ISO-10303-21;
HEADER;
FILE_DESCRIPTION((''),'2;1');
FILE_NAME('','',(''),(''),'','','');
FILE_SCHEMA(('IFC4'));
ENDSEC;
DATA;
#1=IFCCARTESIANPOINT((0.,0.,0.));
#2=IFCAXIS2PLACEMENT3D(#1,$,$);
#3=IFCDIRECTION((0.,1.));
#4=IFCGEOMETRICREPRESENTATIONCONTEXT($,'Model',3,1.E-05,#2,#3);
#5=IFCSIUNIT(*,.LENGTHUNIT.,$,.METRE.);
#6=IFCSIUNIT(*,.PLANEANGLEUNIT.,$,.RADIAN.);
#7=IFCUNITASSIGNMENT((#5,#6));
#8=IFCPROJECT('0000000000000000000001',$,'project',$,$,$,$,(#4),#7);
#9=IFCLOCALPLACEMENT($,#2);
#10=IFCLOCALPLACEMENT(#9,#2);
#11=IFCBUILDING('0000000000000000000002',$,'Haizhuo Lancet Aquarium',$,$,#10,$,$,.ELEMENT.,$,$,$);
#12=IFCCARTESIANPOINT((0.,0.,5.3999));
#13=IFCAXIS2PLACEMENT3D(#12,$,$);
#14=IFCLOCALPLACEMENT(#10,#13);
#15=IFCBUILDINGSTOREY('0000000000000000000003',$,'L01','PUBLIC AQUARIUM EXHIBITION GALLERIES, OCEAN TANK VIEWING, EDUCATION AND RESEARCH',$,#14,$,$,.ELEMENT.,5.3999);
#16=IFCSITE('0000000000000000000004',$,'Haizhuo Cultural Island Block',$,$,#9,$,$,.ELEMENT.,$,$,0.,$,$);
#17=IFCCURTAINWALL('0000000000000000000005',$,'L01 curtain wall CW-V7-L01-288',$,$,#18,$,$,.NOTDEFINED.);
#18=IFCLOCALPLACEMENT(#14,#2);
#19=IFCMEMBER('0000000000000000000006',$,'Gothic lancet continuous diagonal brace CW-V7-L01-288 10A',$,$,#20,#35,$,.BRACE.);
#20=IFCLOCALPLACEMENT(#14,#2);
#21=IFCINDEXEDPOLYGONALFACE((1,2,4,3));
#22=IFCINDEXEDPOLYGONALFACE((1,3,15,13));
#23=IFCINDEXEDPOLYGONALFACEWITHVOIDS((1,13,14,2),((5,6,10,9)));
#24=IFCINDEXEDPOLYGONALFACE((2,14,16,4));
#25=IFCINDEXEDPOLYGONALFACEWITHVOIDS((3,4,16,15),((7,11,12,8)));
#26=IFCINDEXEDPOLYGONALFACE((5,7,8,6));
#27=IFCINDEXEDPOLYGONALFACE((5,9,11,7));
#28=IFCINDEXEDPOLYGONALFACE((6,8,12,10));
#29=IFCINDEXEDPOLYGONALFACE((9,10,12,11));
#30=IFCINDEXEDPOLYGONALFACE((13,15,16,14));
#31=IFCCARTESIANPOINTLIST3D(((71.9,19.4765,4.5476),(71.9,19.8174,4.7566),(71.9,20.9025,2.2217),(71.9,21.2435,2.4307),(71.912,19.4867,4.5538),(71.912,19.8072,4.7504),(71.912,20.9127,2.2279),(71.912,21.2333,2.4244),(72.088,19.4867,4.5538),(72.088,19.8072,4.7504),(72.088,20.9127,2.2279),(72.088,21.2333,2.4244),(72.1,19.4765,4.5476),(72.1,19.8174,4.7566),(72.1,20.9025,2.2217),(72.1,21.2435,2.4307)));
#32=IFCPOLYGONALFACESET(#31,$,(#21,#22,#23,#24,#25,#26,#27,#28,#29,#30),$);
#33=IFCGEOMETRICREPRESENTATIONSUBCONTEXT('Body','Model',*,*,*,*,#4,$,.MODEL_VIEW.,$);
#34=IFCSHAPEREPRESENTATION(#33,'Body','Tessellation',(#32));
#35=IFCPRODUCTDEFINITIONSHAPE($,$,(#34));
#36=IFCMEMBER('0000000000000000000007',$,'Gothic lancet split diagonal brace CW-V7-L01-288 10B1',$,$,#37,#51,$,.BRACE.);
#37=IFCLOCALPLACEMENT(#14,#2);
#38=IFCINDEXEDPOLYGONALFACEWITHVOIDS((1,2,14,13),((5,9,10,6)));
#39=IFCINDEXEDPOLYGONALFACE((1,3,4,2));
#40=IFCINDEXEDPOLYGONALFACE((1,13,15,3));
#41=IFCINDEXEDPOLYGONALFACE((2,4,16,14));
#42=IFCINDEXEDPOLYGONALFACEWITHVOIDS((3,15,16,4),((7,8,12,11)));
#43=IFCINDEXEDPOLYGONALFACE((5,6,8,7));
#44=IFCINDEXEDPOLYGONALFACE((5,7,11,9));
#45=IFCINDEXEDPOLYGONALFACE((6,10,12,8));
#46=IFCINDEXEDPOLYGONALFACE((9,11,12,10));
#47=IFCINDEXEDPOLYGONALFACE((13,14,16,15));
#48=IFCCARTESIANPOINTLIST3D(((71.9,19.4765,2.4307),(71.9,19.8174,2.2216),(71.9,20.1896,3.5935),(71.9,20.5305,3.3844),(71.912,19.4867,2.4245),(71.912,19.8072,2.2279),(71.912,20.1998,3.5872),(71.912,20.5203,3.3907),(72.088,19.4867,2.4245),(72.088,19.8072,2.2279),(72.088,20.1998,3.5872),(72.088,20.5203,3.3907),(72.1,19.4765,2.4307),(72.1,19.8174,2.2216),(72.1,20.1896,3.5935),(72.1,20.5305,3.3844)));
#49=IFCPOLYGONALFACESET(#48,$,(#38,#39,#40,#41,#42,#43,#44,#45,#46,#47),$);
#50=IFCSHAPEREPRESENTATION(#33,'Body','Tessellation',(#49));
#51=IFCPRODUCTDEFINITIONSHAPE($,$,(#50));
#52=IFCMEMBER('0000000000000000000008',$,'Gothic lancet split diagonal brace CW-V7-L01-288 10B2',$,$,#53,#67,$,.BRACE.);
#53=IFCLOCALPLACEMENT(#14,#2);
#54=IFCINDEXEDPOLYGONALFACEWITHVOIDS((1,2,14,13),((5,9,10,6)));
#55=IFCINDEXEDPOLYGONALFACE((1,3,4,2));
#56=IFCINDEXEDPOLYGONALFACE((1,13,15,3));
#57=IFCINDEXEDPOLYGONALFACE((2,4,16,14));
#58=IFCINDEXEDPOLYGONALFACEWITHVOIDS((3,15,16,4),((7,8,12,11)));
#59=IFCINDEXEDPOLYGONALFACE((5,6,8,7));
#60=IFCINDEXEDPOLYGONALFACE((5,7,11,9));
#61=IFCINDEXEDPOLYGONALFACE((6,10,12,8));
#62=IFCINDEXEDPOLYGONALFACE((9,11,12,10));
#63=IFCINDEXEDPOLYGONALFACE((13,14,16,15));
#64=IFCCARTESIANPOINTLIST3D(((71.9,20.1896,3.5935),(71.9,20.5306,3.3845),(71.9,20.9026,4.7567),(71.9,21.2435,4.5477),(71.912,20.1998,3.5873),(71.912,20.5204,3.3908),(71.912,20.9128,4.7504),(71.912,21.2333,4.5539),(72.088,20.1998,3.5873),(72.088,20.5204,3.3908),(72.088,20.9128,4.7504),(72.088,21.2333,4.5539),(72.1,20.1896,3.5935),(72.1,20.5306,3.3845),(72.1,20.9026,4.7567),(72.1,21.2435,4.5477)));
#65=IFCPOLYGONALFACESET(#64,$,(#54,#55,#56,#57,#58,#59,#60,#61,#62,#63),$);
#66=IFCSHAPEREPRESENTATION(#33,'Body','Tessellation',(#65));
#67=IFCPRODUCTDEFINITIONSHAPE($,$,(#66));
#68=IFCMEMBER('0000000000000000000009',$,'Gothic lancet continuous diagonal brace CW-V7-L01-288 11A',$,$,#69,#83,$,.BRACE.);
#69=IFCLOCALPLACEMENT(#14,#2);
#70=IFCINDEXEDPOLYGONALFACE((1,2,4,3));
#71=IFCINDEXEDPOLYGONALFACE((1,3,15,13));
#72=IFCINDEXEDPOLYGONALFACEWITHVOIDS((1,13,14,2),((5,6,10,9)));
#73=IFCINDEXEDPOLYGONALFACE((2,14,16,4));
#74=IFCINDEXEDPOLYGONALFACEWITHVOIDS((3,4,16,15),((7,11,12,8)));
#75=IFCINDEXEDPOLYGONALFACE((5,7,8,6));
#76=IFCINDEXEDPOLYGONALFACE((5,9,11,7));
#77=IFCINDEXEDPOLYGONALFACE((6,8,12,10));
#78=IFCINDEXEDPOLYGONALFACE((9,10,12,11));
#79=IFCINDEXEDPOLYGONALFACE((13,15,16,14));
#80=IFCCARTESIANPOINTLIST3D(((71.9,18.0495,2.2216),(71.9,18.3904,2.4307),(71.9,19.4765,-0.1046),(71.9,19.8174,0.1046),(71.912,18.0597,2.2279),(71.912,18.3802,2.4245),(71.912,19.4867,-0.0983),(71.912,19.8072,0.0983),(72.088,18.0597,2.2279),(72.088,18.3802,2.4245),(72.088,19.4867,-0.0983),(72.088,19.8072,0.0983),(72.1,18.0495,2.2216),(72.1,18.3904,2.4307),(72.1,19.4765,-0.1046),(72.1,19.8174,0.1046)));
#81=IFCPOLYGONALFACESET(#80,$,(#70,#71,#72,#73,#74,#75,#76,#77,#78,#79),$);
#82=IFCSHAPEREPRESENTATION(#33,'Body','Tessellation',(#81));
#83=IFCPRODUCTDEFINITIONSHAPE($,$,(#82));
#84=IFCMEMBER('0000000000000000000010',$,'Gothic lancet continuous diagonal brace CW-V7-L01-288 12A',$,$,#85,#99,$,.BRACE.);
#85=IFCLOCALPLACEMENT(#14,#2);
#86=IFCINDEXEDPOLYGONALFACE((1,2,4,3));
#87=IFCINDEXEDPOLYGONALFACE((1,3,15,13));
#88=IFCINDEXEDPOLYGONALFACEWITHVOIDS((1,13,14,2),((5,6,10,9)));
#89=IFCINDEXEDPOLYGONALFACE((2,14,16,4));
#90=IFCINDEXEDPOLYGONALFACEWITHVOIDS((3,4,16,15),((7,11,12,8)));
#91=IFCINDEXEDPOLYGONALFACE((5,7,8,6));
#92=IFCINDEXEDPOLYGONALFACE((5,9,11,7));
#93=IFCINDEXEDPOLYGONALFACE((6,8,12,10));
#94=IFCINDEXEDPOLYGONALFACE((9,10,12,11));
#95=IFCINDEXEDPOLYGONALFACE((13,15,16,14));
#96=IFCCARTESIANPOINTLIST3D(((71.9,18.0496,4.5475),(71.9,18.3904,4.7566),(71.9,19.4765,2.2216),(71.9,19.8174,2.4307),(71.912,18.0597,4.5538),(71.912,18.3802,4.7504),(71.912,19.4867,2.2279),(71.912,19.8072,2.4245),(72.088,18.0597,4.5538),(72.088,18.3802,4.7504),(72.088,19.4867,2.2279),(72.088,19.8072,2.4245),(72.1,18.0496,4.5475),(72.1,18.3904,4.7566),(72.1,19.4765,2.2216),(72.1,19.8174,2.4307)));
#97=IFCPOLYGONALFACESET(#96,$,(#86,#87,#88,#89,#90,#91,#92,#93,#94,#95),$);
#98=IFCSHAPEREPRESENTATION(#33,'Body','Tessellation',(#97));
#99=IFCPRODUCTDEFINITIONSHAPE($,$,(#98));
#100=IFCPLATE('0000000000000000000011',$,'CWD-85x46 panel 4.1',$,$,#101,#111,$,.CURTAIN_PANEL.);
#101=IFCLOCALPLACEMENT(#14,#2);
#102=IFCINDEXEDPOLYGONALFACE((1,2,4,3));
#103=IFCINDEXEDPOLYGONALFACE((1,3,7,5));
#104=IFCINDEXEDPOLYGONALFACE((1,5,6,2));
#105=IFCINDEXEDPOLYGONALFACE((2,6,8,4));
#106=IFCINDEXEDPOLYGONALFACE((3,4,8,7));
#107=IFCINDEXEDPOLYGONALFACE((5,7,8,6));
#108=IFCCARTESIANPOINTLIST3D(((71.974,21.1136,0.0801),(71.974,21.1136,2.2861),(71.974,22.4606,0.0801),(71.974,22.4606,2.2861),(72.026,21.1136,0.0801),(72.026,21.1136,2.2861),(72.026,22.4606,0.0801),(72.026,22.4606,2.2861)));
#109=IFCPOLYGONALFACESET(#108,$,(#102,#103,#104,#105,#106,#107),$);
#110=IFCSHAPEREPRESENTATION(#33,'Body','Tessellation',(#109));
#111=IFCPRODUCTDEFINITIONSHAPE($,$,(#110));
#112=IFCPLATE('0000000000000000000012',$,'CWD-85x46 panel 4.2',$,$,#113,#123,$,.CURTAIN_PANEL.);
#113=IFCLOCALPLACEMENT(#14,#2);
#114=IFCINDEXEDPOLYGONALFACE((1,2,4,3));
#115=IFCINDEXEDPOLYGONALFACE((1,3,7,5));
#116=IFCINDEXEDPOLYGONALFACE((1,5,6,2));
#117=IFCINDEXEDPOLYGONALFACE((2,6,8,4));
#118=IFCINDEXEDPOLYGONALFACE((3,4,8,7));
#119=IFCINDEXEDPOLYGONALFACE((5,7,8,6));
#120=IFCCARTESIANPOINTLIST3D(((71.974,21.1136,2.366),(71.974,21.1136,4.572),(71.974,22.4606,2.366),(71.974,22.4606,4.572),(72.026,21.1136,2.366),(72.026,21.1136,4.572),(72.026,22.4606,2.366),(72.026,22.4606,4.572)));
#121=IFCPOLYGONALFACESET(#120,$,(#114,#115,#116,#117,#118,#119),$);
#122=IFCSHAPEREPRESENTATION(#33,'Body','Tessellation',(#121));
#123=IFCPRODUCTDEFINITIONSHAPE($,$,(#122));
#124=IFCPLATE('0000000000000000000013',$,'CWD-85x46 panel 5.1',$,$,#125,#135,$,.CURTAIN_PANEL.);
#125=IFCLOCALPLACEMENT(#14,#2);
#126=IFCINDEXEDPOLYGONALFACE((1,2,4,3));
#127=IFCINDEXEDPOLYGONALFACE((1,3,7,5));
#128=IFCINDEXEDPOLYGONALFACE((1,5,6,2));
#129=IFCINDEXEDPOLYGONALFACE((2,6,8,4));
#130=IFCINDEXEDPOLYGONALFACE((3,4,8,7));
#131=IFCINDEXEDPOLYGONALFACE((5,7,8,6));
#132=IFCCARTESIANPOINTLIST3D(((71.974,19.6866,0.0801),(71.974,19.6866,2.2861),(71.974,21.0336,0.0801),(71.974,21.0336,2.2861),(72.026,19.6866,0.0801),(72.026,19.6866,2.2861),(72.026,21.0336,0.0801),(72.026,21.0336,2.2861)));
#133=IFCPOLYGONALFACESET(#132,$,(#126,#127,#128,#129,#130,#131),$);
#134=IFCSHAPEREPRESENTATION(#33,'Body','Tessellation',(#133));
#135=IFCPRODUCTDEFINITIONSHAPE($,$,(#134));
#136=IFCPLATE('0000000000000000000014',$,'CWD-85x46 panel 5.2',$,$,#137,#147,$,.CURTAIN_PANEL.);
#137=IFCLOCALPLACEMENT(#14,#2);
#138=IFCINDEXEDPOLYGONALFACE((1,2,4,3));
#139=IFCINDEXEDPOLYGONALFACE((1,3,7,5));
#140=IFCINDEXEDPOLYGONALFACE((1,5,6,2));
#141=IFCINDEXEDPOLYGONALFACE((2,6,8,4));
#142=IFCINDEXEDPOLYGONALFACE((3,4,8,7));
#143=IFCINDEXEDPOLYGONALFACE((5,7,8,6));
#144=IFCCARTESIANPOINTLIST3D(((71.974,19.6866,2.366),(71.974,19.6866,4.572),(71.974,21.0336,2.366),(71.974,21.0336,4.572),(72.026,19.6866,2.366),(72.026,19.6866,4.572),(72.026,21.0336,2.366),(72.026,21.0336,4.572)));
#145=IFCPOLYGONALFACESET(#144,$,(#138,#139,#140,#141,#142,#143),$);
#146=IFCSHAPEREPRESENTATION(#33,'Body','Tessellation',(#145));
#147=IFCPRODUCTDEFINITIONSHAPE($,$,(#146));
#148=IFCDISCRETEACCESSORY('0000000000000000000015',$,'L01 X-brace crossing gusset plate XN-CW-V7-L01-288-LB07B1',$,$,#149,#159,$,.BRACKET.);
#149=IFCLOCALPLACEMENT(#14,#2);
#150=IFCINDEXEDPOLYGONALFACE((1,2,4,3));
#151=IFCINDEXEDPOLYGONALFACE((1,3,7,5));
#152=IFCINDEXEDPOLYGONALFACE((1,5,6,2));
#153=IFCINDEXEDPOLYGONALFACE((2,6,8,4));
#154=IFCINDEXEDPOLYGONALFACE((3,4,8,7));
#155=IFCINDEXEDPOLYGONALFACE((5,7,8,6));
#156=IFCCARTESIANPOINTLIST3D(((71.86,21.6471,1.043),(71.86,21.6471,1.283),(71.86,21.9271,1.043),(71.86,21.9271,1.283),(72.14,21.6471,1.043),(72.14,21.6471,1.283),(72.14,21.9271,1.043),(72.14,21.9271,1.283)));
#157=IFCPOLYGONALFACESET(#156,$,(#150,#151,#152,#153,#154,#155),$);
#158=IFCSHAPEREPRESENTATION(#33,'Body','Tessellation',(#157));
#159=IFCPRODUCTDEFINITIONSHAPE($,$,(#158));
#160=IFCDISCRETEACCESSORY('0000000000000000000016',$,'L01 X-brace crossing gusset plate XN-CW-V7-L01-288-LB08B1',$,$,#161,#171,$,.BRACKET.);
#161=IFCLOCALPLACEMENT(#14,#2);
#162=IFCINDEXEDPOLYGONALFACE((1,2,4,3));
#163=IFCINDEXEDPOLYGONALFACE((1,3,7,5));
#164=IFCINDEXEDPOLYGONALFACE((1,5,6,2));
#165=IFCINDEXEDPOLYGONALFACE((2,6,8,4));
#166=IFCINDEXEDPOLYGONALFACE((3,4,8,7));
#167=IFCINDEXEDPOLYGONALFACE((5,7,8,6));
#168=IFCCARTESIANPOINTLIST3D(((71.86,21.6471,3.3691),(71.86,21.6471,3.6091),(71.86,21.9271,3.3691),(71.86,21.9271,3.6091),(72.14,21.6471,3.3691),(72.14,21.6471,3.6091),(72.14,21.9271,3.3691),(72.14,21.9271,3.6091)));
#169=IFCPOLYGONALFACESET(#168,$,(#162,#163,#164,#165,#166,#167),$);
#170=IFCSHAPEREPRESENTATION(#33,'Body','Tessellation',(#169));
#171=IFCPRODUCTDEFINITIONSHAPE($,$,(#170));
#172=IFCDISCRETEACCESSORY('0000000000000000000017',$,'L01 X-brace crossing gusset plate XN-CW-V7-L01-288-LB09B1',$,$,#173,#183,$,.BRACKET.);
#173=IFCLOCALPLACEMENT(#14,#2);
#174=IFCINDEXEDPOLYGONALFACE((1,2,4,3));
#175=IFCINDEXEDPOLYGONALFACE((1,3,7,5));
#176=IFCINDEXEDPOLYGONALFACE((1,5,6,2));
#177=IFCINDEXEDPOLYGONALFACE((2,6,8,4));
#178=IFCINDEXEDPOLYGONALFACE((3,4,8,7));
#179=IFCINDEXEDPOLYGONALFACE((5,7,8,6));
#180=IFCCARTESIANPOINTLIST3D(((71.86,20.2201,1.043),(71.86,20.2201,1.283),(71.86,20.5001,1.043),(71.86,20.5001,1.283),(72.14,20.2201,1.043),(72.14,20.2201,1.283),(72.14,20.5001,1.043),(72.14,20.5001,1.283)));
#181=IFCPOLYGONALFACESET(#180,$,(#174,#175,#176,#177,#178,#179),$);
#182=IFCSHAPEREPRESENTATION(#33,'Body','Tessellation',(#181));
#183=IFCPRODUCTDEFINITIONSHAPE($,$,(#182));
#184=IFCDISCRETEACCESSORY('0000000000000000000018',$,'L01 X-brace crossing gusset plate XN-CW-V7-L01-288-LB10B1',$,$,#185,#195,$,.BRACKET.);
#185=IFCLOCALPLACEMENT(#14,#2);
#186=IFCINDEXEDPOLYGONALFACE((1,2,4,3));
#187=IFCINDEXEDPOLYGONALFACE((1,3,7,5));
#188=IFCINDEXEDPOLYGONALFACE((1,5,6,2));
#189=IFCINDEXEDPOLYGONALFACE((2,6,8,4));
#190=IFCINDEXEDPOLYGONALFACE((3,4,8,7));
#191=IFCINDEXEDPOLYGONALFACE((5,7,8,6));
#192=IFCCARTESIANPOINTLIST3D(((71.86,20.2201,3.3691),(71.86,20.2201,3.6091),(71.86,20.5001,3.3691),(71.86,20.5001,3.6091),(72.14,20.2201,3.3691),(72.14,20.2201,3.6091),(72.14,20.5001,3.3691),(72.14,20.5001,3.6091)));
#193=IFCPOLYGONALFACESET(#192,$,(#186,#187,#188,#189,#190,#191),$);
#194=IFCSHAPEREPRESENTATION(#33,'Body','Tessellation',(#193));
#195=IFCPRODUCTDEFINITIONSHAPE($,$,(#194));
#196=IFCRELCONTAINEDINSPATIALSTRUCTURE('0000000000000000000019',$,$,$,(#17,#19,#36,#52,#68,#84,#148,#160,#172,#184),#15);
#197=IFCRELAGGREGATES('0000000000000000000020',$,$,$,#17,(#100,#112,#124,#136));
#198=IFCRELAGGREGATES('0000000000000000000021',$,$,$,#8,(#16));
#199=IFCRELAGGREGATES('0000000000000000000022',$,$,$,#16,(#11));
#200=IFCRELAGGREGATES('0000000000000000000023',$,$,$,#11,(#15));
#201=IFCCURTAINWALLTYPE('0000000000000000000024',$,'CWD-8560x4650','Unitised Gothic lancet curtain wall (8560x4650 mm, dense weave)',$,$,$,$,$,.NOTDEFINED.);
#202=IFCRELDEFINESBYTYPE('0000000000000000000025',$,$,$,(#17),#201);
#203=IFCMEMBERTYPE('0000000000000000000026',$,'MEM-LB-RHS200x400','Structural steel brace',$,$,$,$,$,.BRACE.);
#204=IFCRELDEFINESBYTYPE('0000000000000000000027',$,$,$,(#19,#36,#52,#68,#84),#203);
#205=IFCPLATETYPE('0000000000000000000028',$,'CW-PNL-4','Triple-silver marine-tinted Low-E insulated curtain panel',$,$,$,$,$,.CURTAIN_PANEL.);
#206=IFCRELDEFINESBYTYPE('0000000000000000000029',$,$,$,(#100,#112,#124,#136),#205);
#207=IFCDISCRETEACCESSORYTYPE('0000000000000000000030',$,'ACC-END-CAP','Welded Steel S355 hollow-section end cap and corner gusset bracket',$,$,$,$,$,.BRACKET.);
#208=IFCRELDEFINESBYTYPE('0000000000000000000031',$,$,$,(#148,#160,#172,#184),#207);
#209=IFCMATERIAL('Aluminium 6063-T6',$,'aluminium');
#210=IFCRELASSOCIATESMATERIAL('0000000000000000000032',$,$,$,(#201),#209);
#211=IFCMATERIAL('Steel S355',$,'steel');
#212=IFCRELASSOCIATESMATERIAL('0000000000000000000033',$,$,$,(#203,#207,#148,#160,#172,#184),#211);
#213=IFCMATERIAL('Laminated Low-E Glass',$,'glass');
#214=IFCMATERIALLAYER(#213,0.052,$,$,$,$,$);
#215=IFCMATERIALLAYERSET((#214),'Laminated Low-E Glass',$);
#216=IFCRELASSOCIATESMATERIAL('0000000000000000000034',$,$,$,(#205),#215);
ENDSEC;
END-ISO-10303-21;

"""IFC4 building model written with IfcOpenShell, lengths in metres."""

from ifc_helpers import new_model, si_unit, direction, frame, origin, origin_2d, place, context, subcontext, project, spatial, rectangle, hollow_rectangle, extrude, material, layer, layer_set, material_profile, profile_set, type_object, element, aggregate, save


model = new_model("IFC4")

# Units and contexts
model_context = context("Model", 3, precision=1e-05, world=origin(), true_north=direction((0.0, 1.0)))
body_context = subcontext(model_context, "Body", "Model", "MODEL_VIEW")
ifc_project = project(units=[si_unit("LENGTHUNIT", "METRE"), si_unit("PLANEANGLEUNIT", "RADIAN")], contexts=[model_context])

# Site, building, storey
site_placement = place(None, origin())
site = spatial("IfcSite", under=ifc_project, at=site_placement, Name="Haizhuo Cultural Island Block", CompositionType="ELEMENT", RefElevation=0.0)
building_placement = place(site_placement, origin())
building = spatial("IfcBuilding", under=site, at=building_placement, Name="Haizhuo Lancet Aquarium", CompositionType="ELEMENT")
storey_placement = place(building_placement, frame((0.0, 0.0, 5.3999)))
storey = spatial("IfcBuildingStorey", under=building, at=storey_placement, Name="L01", Description="PUBLIC AQUARIUM EXHIBITION GALLERIES, OCEAN TANK VIEWING, EDUCATION AND RESEARCH", CompositionType="ELEMENT", Elevation=5.3999)

# Curtain wall
ifc_material_1 = material(Name="Aluminium 6063-T6", Category="aluminium")
curtain_wall_type = type_object("IfcCurtainWallType", Name="CWD-8560x4650", Description="Unitised Gothic lancet curtain wall (8560x4650 mm, dense weave)", PredefinedType="NOTDEFINED", material=ifc_material_1)
curtain_wall_placement = place(storey_placement, origin())
curtain_wall = element("IfcCurtainWall", 1, at=curtain_wall_placement, inside=storey, type_object=curtain_wall_type, Name="L01 curtain wall CW-V7-L01-288", PredefinedType="NOTDEFINED")

# Members
ifc_material_2 = material(Name="Steel S355", Category="steel")
ifc_material_profile_1 = material_profile(ifc_material_2, hollow_rectangle(XDim=0.2, YDim=0.3999, WallThickness=0.012, at=origin_2d()), Name="RHS 200x400x12")
ifc_profile_set_1 = profile_set([ifc_material_profile_1], Name="Steel S355")
member_type_1 = type_object("IfcMemberType", Name="MEM-LB-RHS200x400", Description="Structural steel brace", PredefinedType="BRACE", material=ifc_profile_set_1)
member_1_placement = place(storey_placement, frame((72.0, 21.073, 2.3262), z_axis=(0.0, -0.522684, 0.852527), x_axis=(1.0, 0.0, 0.0)))
element("IfcMember", 2, at=member_1_placement, inside=storey, type_object=member_type_1, Name="Gothic lancet continuous diagonal brace CW-V7-L01-288 10A", PredefinedType="BRACE", context=body_context, shape_type="SweptSolid", body=[
    extrude(hollow_rectangle(XDim=0.2, YDim=0.3999, WallThickness=0.012, at=origin_2d()), origin(), (0.0, 0.0, 1.0), 2.7283),
])
member_2_placement = place(storey_placement, frame((72.0, 19.647, 2.3262), z_axis=(0.0, 0.522789, 0.852462), x_axis=(-1.0, 0.0, 0.0)))
element("IfcMember", 3, at=member_2_placement, inside=storey, type_object=member_type_1, Name="Gothic lancet split diagonal brace CW-V7-L01-288 10B1", PredefinedType="BRACE", context=body_context, shape_type="SweptSolid", body=[
    extrude(hollow_rectangle(XDim=0.2, YDim=0.3999, WallThickness=0.012, at=origin_2d()), origin(), (0.0, 0.0, 1.0), 1.364),
])
member_3_placement = place(storey_placement, frame((72.0, 20.3601, 3.489), z_axis=(0.0, 0.522579, 0.852591), x_axis=(-1.0, 0.0, 0.0)))
element("IfcMember", 4, at=member_3_placement, inside=storey, type_object=member_type_1, Name="Gothic lancet split diagonal brace CW-V7-L01-288 10B2", PredefinedType="BRACE", context=body_context, shape_type="SweptSolid", body=[
    extrude(hollow_rectangle(XDim=0.2, YDim=0.3999, WallThickness=0.012, at=origin_2d()), origin(), (0.0, 0.0, 1.0), 1.3643),
])
member_4_placement = place(storey_placement, frame((72.0, 19.647, 0.0), z_axis=(0.0, -0.522904, 0.852392), x_axis=(1.0, 0.0, 0.0)))
element("IfcMember", 5, at=member_4_placement, inside=storey, type_object=member_type_1, Name="Gothic lancet continuous diagonal brace CW-V7-L01-288 11A", PredefinedType="BRACE", context=body_context, shape_type="SweptSolid", body=[
    extrude(hollow_rectangle(XDim=0.2, YDim=0.3999, WallThickness=0.012, at=origin_2d()), origin(), (0.0, 0.0, 1.0), 2.729),
])
member_5_placement = place(storey_placement, frame((72.0, 19.647, 2.3262), z_axis=(0.0, -0.522944, 0.852367), x_axis=(1.0, 0.0, 0.0)))
element("IfcMember", 6, at=member_5_placement, inside=storey, type_object=member_type_1, Name="Gothic lancet continuous diagonal brace CW-V7-L01-288 12A", PredefinedType="BRACE", context=body_context, shape_type="SweptSolid", body=[
    extrude(hollow_rectangle(XDim=0.2, YDim=0.3999, WallThickness=0.012, at=origin_2d()), origin(), (0.0, 0.0, 1.0), 2.7288),
])

# Plates
ifc_material_3 = material(Name="Laminated Low-E Glass", Category="glass")
ifc_layer = layer(ifc_material_3, 0.052)
ifc_layer_set = layer_set([ifc_layer], Name="Laminated Low-E Glass")
plate_type = type_object("IfcPlateType", Name="CW-PNL-4", Description="Triple-silver marine-tinted Low-E insulated curtain panel", PredefinedType="CURTAIN_PANEL", material=ifc_layer_set)
plate_1_placement = place(storey_placement, frame((72.0, 21.7871, 0.0801), z_axis=(0.0, 0.0, 1.0), x_axis=(0.0, -1.0, 0.0)))
plate_1 = element("IfcPlate", 7, at=plate_1_placement, type_object=plate_type, Name="CWD-85x46 panel 4.1", PredefinedType="CURTAIN_PANEL", context=body_context, shape_type="SweptSolid", body=[
    extrude(rectangle(XDim=1.3469, YDim=0.052, at=origin_2d()), origin(), (0.0, 0.0, 1.0), 2.2061),
])
plate_2_placement = place(storey_placement, frame((72.0, 21.7871, 2.366), z_axis=(0.0, 0.0, 1.0), x_axis=(0.0, -1.0, 0.0)))
plate_2 = element("IfcPlate", 8, at=plate_2_placement, type_object=plate_type, Name="CWD-85x46 panel 4.2", PredefinedType="CURTAIN_PANEL", context=body_context, shape_type="SweptSolid", body=[
    extrude(rectangle(XDim=1.3469, YDim=0.052, at=origin_2d()), origin(), (0.0, 0.0, 1.0), 2.2061),
])
plate_3_placement = place(storey_placement, frame((72.0, 20.3601, 0.0801), z_axis=(0.0, 0.0, 1.0), x_axis=(0.0, -1.0, 0.0)))
plate_3 = element("IfcPlate", 9, at=plate_3_placement, type_object=plate_type, Name="CWD-85x46 panel 5.1", PredefinedType="CURTAIN_PANEL", context=body_context, shape_type="SweptSolid", body=[
    extrude(rectangle(XDim=1.3469, YDim=0.052, at=origin_2d()), origin(), (0.0, 0.0, 1.0), 2.2061),
])
plate_4_placement = place(storey_placement, frame((72.0, 20.3601, 2.366), z_axis=(0.0, 0.0, 1.0), x_axis=(0.0, -1.0, 0.0)))
plate_4 = element("IfcPlate", 10, at=plate_4_placement, type_object=plate_type, Name="CWD-85x46 panel 5.2", PredefinedType="CURTAIN_PANEL", context=body_context, shape_type="SweptSolid", body=[
    extrude(rectangle(XDim=1.3469, YDim=0.052, at=origin_2d()), origin(), (0.0, 0.0, 1.0), 2.2061),
])
aggregate(curtain_wall, [plate_1, plate_2, plate_3, plate_4])

# Discrete accessories
discrete_accessory_type = type_object("IfcDiscreteAccessoryType", Name="ACC-END-CAP", Description="Welded Steel S355 hollow-section end cap and corner gusset bracket", PredefinedType="BRACKET", material=ifc_material_2)
for number, where, z_axis, x_axis, name in (
    (11, (72.0, 21.7871, 1.043), (0.0, 0.0, 1.0), (1.0, 0.0, 0.0), "L01 X-brace crossing gusset plate XN-CW-V7-L01-288-LB07B1"),
    (12, (72.0, 21.7871, 3.3691), (0.0, 0.0, 1.0), (1.0, 0.0, 0.0), "L01 X-brace crossing gusset plate XN-CW-V7-L01-288-LB08B1"),
    (13, (72.0, 20.3601, 1.043), (0.0, 0.0, 1.0), (1.0, 0.0, 0.0), "L01 X-brace crossing gusset plate XN-CW-V7-L01-288-LB09B1"),
    (14, (72.0, 20.3601, 3.3691), (0.0, 0.0, 1.0), (1.0, 0.0, 0.0), "L01 X-brace crossing gusset plate XN-CW-V7-L01-288-LB10B1"),
):
    element("IfcDiscreteAccessory", number, at=place(storey_placement, frame(where, z_axis=z_axis, x_axis=x_axis)), inside=storey, type_object=discrete_accessory_type, material=ifc_material_2, Name=name, PredefinedType="BRACKET", context=body_context, shape_type="SweptSolid", body=[
        extrude(rectangle(XDim=0.28, YDim=0.28, at=origin_2d()), origin(), (0.0, 0.0, 1.0), 0.24),
    ])

save(model, "model.ifc")
